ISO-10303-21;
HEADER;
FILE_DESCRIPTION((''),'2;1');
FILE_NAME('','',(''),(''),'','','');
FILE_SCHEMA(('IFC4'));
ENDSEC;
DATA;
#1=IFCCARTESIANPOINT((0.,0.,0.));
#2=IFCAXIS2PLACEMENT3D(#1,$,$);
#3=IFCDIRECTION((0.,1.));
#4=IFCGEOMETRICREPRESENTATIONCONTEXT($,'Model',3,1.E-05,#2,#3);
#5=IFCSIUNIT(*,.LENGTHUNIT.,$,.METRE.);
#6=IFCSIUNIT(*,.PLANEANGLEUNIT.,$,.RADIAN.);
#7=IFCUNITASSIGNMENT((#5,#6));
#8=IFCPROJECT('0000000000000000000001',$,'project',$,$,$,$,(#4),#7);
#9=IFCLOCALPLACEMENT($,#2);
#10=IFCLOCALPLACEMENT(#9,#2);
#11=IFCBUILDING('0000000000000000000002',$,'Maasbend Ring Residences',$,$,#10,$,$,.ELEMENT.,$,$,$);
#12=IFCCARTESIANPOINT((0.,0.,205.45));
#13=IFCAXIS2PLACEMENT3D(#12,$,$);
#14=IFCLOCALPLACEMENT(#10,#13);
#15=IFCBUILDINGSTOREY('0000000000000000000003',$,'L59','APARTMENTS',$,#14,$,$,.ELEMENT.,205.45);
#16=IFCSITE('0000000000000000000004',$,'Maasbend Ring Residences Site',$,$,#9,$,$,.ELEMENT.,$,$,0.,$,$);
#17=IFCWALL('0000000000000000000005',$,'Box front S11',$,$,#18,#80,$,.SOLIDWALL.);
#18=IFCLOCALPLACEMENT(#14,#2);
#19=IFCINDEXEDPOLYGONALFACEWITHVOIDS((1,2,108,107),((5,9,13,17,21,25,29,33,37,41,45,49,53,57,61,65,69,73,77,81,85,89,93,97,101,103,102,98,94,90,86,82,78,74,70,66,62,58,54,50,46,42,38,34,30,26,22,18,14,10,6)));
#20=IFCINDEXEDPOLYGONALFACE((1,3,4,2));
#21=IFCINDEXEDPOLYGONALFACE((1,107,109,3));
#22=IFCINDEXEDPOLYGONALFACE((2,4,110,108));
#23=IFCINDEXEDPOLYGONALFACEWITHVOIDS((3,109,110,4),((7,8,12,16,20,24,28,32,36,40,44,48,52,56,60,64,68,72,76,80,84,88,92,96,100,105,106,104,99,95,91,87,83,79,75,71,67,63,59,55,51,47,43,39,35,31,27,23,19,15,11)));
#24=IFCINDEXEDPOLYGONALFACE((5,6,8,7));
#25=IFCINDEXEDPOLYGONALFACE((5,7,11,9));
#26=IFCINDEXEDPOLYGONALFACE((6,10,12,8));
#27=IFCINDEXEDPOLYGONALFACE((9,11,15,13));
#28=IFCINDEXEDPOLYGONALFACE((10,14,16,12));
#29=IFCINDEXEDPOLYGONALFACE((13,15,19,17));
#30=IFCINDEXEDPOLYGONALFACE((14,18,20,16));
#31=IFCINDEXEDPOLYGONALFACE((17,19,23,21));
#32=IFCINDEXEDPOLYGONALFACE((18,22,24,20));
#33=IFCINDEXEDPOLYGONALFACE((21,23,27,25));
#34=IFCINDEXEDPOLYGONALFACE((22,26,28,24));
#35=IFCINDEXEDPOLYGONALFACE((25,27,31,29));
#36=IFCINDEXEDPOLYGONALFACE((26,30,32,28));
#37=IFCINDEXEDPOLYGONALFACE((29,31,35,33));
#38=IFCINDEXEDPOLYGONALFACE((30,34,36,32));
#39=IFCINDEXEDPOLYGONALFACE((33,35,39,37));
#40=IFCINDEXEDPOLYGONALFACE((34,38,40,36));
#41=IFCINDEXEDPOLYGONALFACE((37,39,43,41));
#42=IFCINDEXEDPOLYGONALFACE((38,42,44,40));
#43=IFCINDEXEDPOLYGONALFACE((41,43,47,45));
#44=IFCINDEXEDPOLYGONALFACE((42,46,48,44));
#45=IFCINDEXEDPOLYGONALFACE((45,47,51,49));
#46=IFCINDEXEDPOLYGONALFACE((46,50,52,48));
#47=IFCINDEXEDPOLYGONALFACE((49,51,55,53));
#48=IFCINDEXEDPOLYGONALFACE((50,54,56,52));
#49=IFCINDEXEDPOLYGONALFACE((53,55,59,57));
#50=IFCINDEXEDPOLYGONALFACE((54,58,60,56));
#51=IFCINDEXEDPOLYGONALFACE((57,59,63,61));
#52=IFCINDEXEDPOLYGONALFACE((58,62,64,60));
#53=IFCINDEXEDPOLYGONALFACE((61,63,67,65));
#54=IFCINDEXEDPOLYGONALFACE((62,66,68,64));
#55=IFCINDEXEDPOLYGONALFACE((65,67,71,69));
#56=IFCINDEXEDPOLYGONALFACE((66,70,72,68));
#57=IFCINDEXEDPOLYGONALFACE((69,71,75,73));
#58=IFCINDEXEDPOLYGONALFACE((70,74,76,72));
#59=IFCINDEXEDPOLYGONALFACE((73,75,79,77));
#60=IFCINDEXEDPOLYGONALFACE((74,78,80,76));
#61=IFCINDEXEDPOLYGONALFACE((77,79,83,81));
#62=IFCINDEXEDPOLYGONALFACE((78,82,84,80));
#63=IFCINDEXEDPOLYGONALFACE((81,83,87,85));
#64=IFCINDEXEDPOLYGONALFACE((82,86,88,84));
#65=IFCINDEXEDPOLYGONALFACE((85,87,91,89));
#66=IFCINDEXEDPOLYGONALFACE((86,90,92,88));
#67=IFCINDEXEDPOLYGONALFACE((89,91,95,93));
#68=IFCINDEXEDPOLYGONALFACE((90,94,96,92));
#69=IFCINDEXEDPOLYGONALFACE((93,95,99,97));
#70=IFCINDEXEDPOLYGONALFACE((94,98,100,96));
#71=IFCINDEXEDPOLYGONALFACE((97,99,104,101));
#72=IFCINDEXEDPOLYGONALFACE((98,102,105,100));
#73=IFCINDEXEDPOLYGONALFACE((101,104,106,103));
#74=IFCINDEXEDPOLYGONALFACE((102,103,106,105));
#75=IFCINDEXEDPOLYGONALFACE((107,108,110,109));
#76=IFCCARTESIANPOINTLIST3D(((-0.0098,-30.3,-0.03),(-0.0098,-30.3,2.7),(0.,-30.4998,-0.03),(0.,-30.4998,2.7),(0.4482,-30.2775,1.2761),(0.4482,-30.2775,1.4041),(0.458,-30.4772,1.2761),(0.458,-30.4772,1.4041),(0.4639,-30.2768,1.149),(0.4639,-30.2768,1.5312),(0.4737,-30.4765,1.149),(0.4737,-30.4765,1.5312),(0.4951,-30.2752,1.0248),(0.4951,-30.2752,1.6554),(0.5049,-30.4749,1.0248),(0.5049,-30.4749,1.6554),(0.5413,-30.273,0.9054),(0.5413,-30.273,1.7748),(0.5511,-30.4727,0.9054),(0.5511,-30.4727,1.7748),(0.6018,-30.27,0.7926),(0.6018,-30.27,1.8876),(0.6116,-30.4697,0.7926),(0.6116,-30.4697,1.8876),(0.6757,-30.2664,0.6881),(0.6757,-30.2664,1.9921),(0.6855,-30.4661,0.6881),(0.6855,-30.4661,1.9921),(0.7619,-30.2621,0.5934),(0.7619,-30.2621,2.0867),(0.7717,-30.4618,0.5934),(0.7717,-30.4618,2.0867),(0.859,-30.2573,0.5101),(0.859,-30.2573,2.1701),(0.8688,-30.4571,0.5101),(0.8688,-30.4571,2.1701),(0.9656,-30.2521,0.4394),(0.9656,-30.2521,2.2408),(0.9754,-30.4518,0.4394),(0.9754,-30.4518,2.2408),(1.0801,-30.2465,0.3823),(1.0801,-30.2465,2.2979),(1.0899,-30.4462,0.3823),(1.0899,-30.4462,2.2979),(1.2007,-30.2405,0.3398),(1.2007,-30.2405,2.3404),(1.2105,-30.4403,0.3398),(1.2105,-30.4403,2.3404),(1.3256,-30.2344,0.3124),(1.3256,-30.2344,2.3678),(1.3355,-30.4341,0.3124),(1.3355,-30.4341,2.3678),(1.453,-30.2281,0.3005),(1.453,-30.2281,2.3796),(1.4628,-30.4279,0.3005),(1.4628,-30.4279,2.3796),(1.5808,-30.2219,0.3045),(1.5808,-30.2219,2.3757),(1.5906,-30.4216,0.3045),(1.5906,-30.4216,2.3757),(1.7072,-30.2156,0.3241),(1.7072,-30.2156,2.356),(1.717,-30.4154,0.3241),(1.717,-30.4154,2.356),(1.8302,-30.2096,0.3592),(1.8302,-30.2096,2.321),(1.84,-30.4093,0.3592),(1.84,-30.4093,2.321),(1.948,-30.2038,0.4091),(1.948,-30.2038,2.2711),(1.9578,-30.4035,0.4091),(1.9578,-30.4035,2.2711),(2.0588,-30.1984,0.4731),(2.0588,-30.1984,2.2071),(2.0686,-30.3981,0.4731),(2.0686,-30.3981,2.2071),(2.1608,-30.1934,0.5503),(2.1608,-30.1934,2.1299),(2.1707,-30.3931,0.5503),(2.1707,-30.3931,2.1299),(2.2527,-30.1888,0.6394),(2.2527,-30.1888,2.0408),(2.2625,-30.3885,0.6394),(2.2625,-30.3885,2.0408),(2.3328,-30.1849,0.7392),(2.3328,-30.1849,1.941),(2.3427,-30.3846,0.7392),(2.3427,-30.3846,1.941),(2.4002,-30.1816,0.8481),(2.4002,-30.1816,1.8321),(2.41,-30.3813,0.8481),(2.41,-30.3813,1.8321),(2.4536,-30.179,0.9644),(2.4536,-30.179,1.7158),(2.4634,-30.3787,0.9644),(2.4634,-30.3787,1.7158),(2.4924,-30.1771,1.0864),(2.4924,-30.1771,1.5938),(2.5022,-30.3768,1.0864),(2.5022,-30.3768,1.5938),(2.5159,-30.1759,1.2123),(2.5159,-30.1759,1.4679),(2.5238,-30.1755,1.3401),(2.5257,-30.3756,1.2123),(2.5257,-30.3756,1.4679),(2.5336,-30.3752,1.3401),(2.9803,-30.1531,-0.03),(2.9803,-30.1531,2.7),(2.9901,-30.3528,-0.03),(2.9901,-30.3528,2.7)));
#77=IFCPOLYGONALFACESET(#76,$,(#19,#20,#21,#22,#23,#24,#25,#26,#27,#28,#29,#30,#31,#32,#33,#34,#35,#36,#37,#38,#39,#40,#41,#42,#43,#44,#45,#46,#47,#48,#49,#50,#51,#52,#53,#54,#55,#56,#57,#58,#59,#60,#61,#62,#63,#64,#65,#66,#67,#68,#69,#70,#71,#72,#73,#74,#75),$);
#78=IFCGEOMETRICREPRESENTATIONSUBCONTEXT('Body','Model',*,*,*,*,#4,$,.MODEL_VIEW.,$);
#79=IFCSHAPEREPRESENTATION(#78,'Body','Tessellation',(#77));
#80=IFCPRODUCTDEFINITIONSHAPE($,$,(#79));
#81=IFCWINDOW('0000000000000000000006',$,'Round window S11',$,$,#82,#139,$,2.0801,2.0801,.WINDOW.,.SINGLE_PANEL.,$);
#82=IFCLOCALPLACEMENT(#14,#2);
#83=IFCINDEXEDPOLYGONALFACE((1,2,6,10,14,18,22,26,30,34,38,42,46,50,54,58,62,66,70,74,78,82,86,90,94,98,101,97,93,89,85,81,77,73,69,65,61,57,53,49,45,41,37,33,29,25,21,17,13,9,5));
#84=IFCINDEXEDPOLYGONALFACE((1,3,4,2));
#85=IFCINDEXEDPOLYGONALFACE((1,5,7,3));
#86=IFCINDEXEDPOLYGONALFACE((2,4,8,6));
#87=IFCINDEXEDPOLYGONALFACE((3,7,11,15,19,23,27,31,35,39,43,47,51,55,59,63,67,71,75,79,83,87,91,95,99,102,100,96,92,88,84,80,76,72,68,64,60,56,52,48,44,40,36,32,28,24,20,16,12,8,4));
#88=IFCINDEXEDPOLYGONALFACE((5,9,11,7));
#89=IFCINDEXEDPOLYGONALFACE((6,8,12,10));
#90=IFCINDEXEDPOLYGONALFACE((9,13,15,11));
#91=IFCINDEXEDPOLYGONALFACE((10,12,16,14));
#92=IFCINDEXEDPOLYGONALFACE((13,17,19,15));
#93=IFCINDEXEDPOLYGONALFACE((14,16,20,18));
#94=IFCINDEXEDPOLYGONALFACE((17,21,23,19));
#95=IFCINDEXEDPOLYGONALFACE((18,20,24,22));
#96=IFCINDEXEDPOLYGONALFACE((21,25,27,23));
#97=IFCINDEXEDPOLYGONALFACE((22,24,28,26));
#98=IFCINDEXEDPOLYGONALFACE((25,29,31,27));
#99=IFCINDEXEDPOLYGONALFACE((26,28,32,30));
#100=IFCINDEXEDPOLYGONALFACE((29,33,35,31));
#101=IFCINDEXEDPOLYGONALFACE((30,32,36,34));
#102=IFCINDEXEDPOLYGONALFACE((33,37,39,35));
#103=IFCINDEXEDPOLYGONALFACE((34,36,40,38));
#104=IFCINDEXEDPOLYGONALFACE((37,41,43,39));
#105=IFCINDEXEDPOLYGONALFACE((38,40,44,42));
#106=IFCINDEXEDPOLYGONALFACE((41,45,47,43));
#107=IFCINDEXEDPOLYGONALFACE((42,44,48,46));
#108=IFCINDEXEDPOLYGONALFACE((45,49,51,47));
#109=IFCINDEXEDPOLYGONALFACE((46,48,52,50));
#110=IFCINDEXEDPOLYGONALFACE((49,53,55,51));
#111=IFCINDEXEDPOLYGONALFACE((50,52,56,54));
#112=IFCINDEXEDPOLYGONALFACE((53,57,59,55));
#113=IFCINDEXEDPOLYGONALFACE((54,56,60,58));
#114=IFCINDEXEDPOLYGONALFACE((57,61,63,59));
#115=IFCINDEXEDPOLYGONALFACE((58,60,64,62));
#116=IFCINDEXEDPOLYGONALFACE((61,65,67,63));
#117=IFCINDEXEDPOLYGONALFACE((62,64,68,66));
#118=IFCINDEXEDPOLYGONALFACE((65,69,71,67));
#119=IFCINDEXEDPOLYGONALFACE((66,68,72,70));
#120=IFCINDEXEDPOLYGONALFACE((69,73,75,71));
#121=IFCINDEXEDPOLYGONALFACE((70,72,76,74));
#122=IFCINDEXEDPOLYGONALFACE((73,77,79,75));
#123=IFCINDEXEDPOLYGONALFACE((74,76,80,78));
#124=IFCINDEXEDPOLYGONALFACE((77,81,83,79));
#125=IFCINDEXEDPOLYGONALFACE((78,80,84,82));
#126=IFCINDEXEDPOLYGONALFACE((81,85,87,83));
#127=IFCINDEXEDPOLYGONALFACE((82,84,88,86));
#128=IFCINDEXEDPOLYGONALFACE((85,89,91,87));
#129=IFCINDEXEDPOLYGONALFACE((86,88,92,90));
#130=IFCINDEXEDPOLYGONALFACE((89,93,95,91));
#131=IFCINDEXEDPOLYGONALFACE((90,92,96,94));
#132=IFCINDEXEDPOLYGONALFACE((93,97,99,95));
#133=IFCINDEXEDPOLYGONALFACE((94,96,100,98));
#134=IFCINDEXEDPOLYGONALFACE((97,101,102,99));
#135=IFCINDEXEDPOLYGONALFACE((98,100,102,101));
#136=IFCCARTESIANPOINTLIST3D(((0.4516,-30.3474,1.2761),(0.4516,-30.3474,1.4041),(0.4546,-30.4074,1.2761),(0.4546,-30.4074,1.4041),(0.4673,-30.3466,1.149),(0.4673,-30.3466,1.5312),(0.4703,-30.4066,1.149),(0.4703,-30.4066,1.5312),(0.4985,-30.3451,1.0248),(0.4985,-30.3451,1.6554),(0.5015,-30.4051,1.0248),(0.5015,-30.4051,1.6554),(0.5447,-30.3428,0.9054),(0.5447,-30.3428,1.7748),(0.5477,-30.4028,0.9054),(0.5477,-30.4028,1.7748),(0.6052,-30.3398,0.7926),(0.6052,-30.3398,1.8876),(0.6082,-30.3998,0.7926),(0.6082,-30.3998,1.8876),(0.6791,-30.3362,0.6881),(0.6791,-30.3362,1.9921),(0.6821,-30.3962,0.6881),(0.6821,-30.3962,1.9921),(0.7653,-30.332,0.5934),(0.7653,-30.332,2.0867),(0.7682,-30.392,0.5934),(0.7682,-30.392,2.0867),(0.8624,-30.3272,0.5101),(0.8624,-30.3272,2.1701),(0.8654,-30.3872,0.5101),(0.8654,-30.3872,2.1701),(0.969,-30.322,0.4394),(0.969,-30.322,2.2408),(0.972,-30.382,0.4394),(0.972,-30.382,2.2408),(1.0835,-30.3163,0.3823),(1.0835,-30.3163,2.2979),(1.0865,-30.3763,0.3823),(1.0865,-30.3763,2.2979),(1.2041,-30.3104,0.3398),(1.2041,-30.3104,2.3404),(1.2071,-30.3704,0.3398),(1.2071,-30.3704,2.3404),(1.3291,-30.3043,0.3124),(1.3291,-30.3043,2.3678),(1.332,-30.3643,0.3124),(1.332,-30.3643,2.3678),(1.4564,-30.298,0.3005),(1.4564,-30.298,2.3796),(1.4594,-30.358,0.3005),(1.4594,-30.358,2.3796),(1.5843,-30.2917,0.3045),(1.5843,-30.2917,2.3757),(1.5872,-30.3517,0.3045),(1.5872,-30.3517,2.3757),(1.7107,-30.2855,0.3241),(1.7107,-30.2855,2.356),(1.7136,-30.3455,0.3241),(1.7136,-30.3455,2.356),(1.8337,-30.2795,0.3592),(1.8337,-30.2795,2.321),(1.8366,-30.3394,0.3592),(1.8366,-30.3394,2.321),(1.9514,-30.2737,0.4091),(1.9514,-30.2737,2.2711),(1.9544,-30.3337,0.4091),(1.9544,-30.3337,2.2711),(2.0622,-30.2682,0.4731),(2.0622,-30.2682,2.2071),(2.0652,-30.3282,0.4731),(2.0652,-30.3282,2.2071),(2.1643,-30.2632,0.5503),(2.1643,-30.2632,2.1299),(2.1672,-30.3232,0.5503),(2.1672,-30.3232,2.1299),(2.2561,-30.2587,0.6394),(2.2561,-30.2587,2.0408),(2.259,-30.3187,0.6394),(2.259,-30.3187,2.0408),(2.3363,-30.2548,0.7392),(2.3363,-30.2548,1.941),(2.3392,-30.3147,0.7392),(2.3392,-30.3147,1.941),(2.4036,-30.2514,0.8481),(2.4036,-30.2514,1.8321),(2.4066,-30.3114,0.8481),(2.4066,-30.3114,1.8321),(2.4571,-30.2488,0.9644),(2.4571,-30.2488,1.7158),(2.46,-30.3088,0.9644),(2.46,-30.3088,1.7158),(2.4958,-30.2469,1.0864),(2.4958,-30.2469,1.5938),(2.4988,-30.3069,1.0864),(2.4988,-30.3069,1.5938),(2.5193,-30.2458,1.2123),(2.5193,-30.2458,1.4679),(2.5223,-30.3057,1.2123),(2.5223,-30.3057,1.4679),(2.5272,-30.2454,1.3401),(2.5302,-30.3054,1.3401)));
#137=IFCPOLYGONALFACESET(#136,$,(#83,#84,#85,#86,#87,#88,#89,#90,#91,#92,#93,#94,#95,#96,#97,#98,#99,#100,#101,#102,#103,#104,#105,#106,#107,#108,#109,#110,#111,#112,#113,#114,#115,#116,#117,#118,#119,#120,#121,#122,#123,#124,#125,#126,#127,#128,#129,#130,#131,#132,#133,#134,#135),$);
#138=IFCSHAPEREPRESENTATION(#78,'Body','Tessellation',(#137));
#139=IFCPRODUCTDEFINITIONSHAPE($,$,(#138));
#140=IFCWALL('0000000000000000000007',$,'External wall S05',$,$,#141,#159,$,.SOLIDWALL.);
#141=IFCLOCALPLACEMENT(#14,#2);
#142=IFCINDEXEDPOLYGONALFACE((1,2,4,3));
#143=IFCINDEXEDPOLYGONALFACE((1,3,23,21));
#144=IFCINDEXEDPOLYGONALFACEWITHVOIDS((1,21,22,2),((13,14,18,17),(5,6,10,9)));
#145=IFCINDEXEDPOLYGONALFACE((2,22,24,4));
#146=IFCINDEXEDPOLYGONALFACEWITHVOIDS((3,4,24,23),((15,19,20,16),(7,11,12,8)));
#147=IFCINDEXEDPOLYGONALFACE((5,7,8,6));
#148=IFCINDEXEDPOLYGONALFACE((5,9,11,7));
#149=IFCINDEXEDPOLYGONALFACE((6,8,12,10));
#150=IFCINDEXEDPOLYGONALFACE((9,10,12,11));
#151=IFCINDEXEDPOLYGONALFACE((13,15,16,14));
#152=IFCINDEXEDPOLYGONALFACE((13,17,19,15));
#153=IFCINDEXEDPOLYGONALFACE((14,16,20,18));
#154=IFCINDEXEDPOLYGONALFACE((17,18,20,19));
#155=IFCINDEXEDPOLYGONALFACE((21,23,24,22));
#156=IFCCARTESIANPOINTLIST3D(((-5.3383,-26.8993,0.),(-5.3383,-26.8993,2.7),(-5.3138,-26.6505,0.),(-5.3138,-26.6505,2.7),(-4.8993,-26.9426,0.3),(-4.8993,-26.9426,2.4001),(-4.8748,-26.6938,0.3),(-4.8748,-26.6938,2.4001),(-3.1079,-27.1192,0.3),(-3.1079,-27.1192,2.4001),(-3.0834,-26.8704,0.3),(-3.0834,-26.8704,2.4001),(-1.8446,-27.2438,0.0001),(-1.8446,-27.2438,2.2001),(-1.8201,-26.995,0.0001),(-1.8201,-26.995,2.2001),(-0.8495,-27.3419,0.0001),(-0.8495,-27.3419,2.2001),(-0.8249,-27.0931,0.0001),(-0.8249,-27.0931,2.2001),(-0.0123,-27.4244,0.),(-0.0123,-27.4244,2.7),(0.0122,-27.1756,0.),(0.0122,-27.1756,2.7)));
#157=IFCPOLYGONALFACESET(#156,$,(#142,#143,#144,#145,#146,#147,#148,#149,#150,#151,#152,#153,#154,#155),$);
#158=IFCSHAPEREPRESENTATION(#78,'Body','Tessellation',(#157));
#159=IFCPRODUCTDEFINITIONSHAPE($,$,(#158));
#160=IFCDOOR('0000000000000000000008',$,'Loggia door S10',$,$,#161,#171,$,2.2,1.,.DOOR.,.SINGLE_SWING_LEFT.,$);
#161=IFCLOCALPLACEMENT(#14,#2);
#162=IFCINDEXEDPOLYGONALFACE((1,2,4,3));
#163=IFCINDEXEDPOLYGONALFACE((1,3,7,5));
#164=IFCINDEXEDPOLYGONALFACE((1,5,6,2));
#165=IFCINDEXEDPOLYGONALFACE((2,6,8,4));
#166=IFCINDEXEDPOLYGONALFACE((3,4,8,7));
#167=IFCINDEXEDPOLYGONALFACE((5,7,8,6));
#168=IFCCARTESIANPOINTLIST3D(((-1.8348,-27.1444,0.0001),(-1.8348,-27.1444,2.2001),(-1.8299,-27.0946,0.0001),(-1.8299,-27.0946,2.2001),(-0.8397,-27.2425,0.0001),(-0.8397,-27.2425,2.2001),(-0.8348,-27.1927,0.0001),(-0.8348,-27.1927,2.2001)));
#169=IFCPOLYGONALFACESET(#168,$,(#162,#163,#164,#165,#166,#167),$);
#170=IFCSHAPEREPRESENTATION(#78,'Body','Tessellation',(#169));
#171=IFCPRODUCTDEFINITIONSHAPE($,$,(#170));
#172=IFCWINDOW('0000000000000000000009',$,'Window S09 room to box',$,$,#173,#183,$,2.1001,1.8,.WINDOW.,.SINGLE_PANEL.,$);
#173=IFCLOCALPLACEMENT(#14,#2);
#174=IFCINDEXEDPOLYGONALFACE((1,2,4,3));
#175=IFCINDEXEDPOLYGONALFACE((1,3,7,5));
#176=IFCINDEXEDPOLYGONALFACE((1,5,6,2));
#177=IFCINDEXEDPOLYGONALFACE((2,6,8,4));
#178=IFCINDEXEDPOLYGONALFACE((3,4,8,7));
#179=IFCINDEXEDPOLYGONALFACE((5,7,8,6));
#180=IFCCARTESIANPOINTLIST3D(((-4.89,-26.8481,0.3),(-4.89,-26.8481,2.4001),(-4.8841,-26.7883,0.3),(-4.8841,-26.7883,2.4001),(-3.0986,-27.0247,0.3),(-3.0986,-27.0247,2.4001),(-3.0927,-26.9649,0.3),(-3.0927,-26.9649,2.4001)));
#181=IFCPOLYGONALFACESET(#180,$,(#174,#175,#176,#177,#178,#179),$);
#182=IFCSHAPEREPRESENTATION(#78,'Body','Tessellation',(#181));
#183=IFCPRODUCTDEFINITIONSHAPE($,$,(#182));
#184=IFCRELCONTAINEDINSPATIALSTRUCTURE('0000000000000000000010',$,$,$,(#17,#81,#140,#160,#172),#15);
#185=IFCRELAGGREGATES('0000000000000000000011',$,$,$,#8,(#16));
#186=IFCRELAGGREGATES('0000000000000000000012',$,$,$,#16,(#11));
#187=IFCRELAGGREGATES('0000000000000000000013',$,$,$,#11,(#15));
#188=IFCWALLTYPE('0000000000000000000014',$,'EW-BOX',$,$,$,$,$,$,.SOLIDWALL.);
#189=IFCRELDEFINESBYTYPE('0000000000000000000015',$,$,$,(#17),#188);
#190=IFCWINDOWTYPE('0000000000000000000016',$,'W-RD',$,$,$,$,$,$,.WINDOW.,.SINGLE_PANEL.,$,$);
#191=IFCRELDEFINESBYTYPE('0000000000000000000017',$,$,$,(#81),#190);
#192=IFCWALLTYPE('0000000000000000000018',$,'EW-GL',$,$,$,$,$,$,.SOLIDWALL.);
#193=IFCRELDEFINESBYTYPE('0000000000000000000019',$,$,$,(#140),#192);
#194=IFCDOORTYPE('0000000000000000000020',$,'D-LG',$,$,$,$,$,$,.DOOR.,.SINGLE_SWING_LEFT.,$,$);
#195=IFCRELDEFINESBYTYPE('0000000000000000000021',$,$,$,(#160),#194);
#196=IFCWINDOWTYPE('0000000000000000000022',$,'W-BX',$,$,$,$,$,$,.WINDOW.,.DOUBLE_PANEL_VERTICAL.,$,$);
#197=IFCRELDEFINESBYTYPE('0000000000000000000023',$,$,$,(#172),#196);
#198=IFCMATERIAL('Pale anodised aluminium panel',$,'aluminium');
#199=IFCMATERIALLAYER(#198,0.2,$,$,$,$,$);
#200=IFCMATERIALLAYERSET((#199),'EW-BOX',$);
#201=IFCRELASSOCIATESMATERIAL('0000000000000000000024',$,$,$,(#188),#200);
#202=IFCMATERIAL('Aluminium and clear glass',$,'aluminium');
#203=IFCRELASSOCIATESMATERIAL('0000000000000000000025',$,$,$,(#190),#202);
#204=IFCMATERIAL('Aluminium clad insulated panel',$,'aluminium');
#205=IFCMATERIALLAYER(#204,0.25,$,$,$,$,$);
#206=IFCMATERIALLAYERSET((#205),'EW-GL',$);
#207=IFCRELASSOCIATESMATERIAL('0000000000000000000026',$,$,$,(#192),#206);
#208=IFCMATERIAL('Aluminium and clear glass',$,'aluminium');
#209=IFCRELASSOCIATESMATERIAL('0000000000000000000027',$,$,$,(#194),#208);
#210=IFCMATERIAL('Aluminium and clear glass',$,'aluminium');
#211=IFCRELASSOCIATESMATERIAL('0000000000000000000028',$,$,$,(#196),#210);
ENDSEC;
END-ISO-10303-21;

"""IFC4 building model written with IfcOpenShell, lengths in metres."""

from ifc_helpers import new_model, si_unit, direction, frame, frame_2d, origin, place, context, subcontext, project, spatial, rectangle, circle, extrude, material, layer, layer_set, type_object, element, fill, save


model = new_model("IFC4")

# Units and contexts
model_context = context("Model", 3, precision=1e-05, world=origin(), true_north=direction((0.0, 1.0)))
body_context = subcontext(model_context, "Body", "Model", "MODEL_VIEW")
ifc_project = project(units=[si_unit("LENGTHUNIT", "METRE"), si_unit("PLANEANGLEUNIT", "RADIAN")], contexts=[model_context])

# Site, building, storey
site_placement = place(None, origin())
site = spatial("IfcSite", under=ifc_project, at=site_placement, Name="Maasbend Ring Residences Site", CompositionType="ELEMENT", RefElevation=0.0)
building_placement = place(site_placement, origin())
building = spatial("IfcBuilding", under=site, at=building_placement, Name="Maasbend Ring Residences", CompositionType="ELEMENT")
storey_placement = place(building_placement, frame((0.0, 0.0, 205.45)))
storey = spatial("IfcBuildingStorey", under=building, at=storey_placement, Name="L59", Description="APARTMENTS", CompositionType="ELEMENT", Elevation=205.45)

# Shared definitions
ifc_material_1 = material(Name="Pale anodised aluminium panel", Category="aluminium")
ifc_layer_1 = layer(ifc_material_1, 0.2)
ifc_layer_set_1 = layer_set([ifc_layer_1], Name="EW-BOX")
wall_type_1 = type_object("IfcWallType", Name="EW-BOX", PredefinedType="SOLIDWALL", material=ifc_layer_set_1)

# Shared definitions
ifc_material_2 = material(Name="Aluminium and clear glass", Category="aluminium")
window_type_1 = type_object("IfcWindowType", Name="W-RD", PartitioningType="SINGLE_PANEL", PredefinedType="WINDOW", material=ifc_material_2)

# Wall, opening, window
wall_1_placement = place(storey_placement, frame((-0.0049, -30.3999, -0.03), z_axis=(0.0, 0.0, 1.0), x_axis=(0.998794, 0.049096, 0.0)))
wall_1 = element("IfcWall", 1, at=wall_1_placement, inside=storey, type_object=wall_type_1, Name="Box front S11", PredefinedType="SOLIDWALL", context=body_context, shape_type="SweptSolid", body=[
    extrude(rectangle(XDim=2.9937, YDim=0.2, at=frame_2d((1.4968, 0.0))), origin(), (0.0, 0.0, 1.0), 2.73),
])
opening_1_placement = place(wall_1_placement, frame((0.4565, 0.0, 0.3301)))
opening_1 = element("IfcOpeningElement", 2, at=opening_1_placement, cuts=wall_1, PredefinedType="OPENING", context=body_context, shape_type="SweptSolid", body=[
    extrude(circle(Radius=1.04, at=frame_2d((1.04, 1.04))), frame((0.0, 0.1099, 0.0), z_axis=(0.0, -1.0, 0.0), x_axis=(1.0, 0.0, 0.0)), (0.0, 0.0, 1.0), 0.22),
])
window_1_placement = place(opening_1_placement, origin())
window_1 = element("IfcWindow", 3, at=window_1_placement, inside=storey, type_object=window_type_1, Name="Round window S11", OverallHeight=2.0801, OverallWidth=2.0801, PartitioningType="SINGLE_PANEL", PredefinedType="WINDOW", context=body_context, shape_type="SweptSolid", body=[
    extrude(circle(Radius=1.04, at=frame_2d((1.04, 1.04))), frame((0.0, 0.03, 0.0), z_axis=(0.0, -1.0, 0.0), x_axis=(1.0, 0.0, 0.0)), (0.0, 0.0, 1.0), 0.0601),
])
fill(opening_1, window_1)

# Wall, openings, door, window
ifc_material_3 = material(Name="Aluminium clad insulated panel", Category="aluminium")
ifc_layer_2 = layer(ifc_material_3, 0.25)
ifc_layer_set_2 = layer_set([ifc_layer_2], Name="EW-GL")
wall_type_2 = type_object("IfcWallType", Name="EW-GL", PredefinedType="SOLIDWALL", material=ifc_layer_set_2)
wall_2_placement = place(storey_placement, frame((-5.3259, -26.7749, 0.0), z_axis=(0.0, 0.0, 1.0), x_axis=(0.995174, -0.098126, 0.0)))
wall_2 = element("IfcWall", 4, at=wall_2_placement, inside=storey, type_object=wall_type_2, Name="External wall S05", PredefinedType="SOLIDWALL", context=body_context, shape_type="SweptSolid", body=[
    extrude(rectangle(XDim=5.3518, YDim=0.25, at=frame_2d((2.6758, 0.0))), origin(), (0.0, 0.0, 1.0), 2.7),
])
opening_2_placement = place(wall_2_placement, frame((0.4412, 0.0, 0.3)))
opening_2 = element("IfcOpeningElement", 5, at=opening_2_placement, cuts=wall_2, PredefinedType="OPENING", context=body_context, shape_type="SweptSolid", body=[
    extrude(rectangle(XDim=1.8, YDim=2.1001, at=frame_2d((0.8999, 1.05))), frame((0.0, 0.135, 0.0), z_axis=(0.0, -1.0, 0.0), x_axis=(1.0, 0.0, 0.0)), (0.0, 0.0, 1.0), 0.27),
])
opening_3_placement = place(wall_2_placement, frame((3.5105, 0.0, 0.0)))
opening_3 = element("IfcOpeningElement", 6, at=opening_3_placement, cuts=wall_2, PredefinedType="OPENING", context=body_context, shape_type="SweptSolid", body=[
    extrude(rectangle(XDim=1.0, YDim=2.2, at=frame_2d((0.5, 1.1001))), frame((0.0, 0.135, 0.0), z_axis=(0.0, -1.0, 0.0), x_axis=(1.0, 0.0, 0.0)), (0.0, 0.0, 1.0), 0.27),
])
ifc_material_4 = material(Name="Aluminium and clear glass", Category="aluminium")
door_type_1 = type_object("IfcDoorType", Name="D-LG", OperationType="SINGLE_SWING_LEFT", PredefinedType="DOOR", material=ifc_material_4)
door_1_placement = place(opening_3_placement, origin())
door_1 = element("IfcDoor", 7, at=door_1_placement, inside=storey, type_object=door_type_1, Name="Loggia door S10", OperationType="SINGLE_SWING_LEFT", OverallHeight=2.2, OverallWidth=1.0, PredefinedType="DOOR", context=body_context, shape_type="SweptSolid", body=[
    extrude(rectangle(XDim=1.0, YDim=2.2, at=frame_2d((0.5, 1.1001))), frame((0.0, 0.0249, 0.0), z_axis=(0.0, -1.0, 0.0), x_axis=(1.0, 0.0, 0.0)), (0.0, 0.0, 1.0), 0.05),
])
fill(opening_3, door_1)
ifc_material_5 = material(Name="Aluminium and clear glass", Category="aluminium")
window_type_2 = type_object("IfcWindowType", Name="W-BX", PartitioningType="DOUBLE_PANEL_VERTICAL", PredefinedType="WINDOW", material=ifc_material_5)
window_2_placement = place(opening_2_placement, origin())
window_2 = element("IfcWindow", 8, at=window_2_placement, inside=storey, type_object=window_type_2, Name="Window S09 room to box", OverallHeight=2.1001, OverallWidth=1.8, PartitioningType="SINGLE_PANEL", PredefinedType="WINDOW", context=body_context, shape_type="SweptSolid", body=[
    extrude(rectangle(XDim=1.8, YDim=2.1001, at=frame_2d((0.8999, 1.05))), frame((0.0, 0.03, 0.0), z_axis=(0.0, -1.0, 0.0), x_axis=(1.0, 0.0, 0.0)), (0.0, 0.0, 1.0), 0.0601),
])
fill(opening_2, window_2)

save(model, "model.ifc")
